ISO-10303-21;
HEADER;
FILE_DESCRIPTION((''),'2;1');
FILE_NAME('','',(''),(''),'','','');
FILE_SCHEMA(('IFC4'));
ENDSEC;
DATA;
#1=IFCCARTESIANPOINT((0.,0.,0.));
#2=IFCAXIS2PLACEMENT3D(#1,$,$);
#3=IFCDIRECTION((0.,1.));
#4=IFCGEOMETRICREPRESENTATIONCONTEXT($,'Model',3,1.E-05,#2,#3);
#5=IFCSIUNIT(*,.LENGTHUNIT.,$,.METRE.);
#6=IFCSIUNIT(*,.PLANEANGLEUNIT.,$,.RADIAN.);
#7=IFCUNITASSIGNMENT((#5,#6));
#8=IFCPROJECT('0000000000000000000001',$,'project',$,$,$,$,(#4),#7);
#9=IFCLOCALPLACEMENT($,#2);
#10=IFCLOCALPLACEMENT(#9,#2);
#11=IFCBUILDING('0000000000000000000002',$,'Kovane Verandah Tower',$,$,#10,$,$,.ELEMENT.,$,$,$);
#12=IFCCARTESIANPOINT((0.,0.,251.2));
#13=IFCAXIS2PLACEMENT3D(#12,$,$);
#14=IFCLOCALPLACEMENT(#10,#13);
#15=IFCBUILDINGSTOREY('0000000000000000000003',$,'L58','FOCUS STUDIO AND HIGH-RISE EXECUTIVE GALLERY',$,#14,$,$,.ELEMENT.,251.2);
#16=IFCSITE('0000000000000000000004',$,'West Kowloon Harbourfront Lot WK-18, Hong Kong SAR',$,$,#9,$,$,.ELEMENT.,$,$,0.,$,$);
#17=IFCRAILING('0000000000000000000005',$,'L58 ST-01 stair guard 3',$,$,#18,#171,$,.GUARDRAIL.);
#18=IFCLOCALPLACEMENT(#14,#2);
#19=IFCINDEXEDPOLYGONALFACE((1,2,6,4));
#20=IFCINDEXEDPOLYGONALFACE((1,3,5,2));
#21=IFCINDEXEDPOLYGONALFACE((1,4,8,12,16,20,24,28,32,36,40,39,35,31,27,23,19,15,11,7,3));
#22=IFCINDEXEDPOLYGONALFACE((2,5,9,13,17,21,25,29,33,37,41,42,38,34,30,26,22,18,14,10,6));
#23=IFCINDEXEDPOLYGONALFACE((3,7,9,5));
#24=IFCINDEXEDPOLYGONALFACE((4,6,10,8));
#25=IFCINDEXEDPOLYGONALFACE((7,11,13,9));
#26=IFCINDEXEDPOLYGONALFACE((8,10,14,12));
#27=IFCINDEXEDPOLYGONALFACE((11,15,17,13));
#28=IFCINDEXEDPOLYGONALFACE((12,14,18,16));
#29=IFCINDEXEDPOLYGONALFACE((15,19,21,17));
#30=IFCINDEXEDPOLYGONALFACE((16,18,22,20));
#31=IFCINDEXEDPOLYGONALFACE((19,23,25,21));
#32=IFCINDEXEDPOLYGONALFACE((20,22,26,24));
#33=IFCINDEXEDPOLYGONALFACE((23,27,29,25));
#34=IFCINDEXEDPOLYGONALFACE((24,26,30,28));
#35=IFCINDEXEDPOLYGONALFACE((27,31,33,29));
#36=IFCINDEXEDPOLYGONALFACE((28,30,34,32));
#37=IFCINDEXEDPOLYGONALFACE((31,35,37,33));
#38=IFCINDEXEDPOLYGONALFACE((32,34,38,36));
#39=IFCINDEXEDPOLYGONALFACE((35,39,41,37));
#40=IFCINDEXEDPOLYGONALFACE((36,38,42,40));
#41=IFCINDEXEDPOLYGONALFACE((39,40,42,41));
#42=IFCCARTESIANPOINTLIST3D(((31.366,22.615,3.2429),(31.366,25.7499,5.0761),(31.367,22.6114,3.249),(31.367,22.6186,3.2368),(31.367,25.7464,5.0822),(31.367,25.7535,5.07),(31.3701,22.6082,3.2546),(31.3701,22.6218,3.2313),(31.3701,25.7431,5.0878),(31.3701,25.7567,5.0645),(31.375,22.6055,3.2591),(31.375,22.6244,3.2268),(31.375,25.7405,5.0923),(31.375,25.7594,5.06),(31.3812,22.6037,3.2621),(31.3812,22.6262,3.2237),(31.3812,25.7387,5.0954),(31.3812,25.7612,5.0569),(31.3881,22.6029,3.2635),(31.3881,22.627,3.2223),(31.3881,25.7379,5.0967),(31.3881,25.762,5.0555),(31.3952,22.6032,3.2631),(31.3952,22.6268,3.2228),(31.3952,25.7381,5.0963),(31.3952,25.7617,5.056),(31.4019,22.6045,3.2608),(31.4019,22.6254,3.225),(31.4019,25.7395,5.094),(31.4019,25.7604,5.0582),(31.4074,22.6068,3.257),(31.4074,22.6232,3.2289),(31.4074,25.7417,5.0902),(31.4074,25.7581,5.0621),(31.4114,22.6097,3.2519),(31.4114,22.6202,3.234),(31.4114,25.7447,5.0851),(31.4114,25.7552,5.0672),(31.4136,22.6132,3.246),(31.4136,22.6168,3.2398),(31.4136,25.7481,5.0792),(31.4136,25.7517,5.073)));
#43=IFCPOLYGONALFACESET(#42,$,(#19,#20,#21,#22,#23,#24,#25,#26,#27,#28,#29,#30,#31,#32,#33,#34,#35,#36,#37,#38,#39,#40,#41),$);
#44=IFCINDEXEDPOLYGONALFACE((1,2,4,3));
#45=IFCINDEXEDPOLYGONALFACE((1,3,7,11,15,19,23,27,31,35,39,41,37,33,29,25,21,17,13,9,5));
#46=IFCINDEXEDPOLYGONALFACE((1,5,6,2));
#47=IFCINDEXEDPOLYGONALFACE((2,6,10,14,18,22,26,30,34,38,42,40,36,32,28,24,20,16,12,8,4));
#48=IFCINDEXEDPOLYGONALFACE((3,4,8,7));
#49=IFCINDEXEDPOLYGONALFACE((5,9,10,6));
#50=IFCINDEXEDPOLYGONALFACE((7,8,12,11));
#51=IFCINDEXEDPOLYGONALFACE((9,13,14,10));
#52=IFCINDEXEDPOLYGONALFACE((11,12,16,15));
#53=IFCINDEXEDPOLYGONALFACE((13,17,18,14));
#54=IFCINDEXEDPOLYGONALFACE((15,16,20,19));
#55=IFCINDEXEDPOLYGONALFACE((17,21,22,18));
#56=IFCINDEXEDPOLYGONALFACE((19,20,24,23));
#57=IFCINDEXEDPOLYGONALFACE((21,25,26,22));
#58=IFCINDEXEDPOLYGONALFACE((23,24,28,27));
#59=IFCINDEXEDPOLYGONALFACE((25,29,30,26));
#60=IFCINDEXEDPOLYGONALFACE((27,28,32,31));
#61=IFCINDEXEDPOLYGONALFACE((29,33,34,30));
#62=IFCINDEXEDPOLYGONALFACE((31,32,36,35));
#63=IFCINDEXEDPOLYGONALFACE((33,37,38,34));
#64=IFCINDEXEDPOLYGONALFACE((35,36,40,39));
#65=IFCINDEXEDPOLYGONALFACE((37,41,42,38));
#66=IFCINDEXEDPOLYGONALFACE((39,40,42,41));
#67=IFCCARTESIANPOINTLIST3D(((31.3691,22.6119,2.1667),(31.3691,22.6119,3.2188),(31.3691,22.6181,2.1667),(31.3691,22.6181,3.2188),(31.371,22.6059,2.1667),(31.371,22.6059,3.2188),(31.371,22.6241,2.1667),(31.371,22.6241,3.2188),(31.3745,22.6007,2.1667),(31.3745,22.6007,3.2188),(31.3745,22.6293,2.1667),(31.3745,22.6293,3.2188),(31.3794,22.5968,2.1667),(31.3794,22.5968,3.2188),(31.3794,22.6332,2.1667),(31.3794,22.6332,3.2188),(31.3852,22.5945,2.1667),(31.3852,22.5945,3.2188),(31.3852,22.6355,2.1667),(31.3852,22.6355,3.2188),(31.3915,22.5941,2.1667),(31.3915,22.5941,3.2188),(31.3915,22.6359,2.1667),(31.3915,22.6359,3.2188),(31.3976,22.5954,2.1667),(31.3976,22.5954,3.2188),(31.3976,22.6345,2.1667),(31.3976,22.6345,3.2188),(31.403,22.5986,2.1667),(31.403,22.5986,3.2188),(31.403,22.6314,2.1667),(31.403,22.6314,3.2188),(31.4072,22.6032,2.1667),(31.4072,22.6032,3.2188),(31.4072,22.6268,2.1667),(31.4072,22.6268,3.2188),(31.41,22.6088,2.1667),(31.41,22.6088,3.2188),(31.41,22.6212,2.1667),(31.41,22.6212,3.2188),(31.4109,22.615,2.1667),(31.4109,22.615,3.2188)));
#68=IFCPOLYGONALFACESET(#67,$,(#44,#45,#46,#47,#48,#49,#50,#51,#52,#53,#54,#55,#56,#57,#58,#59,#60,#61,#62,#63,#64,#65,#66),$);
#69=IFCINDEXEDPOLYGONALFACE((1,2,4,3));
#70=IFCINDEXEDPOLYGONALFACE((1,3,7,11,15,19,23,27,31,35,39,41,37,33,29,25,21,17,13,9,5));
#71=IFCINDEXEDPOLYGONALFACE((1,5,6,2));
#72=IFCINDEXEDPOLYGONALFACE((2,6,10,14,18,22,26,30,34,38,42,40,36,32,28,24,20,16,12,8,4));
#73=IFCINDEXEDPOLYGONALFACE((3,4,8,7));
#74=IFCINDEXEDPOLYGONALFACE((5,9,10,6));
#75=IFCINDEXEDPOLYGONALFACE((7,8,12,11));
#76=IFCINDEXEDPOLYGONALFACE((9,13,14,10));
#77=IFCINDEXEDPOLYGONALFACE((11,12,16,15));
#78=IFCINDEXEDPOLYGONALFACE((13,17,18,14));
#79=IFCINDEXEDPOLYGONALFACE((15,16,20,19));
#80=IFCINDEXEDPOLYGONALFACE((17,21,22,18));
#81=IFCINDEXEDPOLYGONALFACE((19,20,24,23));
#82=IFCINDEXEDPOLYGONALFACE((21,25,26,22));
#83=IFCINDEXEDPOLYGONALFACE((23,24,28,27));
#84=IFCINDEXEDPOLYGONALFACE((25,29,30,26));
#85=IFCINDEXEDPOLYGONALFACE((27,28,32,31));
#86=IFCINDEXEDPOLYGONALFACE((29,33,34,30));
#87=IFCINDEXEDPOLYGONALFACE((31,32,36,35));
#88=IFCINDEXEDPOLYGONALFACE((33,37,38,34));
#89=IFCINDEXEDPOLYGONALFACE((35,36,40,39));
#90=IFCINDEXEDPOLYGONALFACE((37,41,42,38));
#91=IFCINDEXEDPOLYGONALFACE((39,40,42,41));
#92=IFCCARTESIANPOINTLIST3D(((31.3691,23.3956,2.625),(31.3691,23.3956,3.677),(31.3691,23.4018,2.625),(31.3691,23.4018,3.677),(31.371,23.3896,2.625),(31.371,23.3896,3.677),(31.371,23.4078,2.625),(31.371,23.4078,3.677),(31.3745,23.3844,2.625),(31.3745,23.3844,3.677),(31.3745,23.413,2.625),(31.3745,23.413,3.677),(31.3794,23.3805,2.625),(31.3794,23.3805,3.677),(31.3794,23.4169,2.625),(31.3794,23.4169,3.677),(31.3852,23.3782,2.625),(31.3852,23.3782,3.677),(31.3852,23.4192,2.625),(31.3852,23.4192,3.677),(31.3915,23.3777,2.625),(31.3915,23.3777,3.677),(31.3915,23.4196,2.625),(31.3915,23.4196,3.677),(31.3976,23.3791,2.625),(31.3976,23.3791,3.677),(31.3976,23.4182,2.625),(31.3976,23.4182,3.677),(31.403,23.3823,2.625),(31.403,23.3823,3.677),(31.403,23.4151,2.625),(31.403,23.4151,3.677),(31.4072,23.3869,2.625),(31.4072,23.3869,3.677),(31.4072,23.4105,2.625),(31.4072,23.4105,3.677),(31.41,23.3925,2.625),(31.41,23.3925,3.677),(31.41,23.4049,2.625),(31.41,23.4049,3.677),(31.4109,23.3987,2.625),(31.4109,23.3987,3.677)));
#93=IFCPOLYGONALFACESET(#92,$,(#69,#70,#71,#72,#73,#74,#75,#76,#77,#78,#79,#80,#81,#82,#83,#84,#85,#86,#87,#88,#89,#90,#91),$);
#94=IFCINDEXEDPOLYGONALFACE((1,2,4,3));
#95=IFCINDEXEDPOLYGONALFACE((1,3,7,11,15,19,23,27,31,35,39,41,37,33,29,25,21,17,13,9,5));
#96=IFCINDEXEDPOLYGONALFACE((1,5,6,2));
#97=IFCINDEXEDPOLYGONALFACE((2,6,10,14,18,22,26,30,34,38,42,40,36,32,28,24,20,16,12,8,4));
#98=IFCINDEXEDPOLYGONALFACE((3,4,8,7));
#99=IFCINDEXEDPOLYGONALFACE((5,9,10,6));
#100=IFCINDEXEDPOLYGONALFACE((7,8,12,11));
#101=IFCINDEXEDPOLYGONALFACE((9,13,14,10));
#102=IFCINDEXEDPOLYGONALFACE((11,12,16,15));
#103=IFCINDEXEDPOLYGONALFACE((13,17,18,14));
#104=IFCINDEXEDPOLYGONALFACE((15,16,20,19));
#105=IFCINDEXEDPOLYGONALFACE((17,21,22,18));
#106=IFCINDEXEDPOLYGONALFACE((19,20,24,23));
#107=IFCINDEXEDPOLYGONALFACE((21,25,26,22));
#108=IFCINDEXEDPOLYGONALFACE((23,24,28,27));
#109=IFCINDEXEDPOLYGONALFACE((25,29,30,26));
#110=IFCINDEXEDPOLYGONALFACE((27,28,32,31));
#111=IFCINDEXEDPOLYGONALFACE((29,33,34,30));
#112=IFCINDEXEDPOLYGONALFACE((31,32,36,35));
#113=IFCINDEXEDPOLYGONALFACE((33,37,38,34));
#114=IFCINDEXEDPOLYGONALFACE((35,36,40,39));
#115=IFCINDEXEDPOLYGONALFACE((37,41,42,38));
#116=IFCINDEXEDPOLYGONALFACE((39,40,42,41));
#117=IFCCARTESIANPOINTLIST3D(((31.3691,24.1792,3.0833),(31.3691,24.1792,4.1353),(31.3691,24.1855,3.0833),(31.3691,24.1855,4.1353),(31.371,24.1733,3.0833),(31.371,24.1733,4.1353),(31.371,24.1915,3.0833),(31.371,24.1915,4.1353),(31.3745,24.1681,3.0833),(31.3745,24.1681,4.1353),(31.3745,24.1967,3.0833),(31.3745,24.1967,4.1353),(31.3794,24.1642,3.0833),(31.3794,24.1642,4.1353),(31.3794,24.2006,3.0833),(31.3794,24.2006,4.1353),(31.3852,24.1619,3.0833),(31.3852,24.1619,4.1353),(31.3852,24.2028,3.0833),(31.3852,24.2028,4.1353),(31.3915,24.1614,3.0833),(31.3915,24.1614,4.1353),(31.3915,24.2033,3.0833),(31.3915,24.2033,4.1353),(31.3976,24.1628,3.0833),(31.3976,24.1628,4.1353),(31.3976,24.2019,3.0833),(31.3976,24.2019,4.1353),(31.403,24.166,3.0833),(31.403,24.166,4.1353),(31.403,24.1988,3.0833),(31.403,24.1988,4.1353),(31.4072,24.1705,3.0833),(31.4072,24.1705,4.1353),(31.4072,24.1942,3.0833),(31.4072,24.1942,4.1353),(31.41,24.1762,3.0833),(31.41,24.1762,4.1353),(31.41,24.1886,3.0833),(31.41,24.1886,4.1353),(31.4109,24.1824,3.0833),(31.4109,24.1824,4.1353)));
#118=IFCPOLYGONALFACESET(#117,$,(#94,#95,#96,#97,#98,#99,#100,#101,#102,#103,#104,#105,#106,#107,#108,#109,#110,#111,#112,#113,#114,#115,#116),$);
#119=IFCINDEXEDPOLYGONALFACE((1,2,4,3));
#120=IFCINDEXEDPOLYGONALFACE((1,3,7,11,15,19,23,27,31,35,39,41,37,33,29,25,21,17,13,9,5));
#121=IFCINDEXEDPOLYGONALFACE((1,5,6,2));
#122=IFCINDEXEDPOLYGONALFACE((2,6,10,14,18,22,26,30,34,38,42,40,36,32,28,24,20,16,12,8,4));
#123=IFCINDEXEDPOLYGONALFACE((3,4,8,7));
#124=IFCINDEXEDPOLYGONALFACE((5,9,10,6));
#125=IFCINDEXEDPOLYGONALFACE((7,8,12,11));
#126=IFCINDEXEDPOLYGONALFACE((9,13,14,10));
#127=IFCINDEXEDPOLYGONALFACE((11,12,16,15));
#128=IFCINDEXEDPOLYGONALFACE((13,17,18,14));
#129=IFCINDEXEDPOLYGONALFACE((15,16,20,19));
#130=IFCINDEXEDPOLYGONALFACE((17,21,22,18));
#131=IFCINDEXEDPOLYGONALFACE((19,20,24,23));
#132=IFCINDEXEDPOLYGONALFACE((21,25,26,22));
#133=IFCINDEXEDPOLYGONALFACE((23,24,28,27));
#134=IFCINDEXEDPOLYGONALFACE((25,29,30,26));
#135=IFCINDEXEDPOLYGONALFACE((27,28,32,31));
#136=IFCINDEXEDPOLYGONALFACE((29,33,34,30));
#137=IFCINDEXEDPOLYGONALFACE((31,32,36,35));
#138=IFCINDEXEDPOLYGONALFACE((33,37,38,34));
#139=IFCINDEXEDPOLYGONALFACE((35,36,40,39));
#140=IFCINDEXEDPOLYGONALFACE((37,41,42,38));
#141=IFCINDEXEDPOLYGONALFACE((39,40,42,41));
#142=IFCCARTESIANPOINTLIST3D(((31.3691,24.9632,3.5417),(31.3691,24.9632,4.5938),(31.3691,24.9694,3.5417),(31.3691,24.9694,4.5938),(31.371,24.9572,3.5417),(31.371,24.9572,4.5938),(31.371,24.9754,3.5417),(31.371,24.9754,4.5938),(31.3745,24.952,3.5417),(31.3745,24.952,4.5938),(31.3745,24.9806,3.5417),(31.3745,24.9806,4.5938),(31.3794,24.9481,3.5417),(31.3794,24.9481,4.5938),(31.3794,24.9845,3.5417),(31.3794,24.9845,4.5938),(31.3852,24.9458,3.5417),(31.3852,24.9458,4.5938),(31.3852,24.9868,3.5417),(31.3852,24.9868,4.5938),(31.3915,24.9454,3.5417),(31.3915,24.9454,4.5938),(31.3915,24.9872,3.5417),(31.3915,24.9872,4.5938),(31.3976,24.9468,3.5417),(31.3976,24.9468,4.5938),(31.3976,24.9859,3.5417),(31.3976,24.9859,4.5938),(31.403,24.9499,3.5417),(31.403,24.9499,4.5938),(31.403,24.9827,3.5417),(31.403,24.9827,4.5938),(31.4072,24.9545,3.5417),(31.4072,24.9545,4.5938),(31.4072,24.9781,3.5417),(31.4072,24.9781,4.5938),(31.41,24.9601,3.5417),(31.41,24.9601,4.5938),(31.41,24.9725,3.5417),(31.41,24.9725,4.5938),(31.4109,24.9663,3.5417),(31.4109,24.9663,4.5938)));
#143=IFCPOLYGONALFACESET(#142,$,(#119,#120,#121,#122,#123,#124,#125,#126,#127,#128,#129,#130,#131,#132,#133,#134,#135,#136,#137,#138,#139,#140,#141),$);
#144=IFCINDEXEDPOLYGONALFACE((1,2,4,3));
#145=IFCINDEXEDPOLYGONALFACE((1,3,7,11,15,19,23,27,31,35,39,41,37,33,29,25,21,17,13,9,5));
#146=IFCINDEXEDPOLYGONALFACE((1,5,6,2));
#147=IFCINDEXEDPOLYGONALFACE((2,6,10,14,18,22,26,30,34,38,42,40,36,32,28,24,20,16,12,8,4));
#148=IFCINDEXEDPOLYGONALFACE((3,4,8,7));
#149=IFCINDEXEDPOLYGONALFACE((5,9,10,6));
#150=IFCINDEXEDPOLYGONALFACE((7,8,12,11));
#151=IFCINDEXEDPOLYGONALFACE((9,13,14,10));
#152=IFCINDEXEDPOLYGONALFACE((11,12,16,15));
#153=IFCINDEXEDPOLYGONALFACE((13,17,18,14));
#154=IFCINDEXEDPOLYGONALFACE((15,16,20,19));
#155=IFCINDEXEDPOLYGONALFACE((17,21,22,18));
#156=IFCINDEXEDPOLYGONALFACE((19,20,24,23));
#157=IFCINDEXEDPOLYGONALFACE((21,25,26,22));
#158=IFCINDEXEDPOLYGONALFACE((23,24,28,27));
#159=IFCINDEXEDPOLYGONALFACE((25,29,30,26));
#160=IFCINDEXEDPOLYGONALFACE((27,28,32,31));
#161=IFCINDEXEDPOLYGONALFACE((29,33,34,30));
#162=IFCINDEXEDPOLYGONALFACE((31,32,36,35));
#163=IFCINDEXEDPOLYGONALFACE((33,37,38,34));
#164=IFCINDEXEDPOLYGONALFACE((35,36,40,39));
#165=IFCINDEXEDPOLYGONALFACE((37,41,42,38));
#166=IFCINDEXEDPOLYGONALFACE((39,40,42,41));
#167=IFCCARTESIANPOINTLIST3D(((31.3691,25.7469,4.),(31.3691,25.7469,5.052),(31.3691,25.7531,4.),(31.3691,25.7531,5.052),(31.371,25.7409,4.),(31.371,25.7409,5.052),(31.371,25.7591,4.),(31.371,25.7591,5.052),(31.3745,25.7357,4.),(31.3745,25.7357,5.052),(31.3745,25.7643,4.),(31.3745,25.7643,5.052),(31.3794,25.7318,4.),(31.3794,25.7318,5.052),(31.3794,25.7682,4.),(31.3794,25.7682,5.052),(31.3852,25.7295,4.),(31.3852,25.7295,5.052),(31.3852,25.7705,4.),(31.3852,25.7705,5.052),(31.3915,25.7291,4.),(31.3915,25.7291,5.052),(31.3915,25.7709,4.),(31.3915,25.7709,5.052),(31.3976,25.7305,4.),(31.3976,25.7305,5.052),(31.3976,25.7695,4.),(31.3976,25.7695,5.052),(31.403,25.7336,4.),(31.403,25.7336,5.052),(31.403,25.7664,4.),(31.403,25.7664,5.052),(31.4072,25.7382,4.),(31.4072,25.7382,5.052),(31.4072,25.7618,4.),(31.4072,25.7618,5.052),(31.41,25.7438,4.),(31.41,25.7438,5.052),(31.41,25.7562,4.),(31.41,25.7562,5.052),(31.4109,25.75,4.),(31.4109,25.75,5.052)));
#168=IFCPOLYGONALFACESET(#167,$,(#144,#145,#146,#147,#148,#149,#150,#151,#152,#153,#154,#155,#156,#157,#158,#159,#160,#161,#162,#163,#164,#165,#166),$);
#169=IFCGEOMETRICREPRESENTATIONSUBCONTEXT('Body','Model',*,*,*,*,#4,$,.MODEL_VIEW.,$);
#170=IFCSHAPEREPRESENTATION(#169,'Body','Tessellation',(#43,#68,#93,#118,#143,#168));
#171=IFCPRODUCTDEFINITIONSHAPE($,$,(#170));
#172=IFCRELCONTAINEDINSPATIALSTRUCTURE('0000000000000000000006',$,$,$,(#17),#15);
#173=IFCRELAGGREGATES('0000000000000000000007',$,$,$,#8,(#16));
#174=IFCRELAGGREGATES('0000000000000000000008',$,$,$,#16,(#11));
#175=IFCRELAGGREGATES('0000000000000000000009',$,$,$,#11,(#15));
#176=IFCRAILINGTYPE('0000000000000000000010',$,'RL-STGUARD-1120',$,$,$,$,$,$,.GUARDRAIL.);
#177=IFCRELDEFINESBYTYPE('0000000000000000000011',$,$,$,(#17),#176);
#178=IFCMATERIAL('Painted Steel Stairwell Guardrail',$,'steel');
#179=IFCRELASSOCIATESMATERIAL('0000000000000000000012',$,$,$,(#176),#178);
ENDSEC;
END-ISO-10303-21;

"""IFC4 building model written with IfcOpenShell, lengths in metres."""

from ifc_helpers import new_model, si_unit, direction, frame, origin, origin_2d, place, context, subcontext, project, spatial, circle, extrude, material, type_object, element, save


model = new_model("IFC4")

# Units and contexts
model_context = context("Model", 3, precision=1e-05, world=origin(), true_north=direction((0.0, 1.0)))
body_context = subcontext(model_context, "Body", "Model", "MODEL_VIEW")
ifc_project = project(units=[si_unit("LENGTHUNIT", "METRE"), si_unit("PLANEANGLEUNIT", "RADIAN")], contexts=[model_context])

# Site, building, storey
site_placement = place(None, origin())
site = spatial("IfcSite", under=ifc_project, at=site_placement, Name="West Kowloon Harbourfront Lot WK-18, Hong Kong SAR", CompositionType="ELEMENT", RefElevation=0.0)
building_placement = place(site_placement, origin())
building = spatial("IfcBuilding", under=site, at=building_placement, Name="Kovane Verandah Tower", CompositionType="ELEMENT")
storey_placement = place(building_placement, frame((0.0, 0.0, 251.2)))
storey = spatial("IfcBuildingStorey", under=building, at=storey_placement, Name="L58", Description="FOCUS STUDIO AND HIGH-RISE EXECUTIVE GALLERY", CompositionType="ELEMENT", Elevation=251.2)

# Railing
ifc_material_1 = material(Name="Painted Steel Stairwell Guardrail", Category="steel")
railing_type_1 = type_object("IfcRailingType", Name="RL-STGUARD-1120", PredefinedType="GUARDRAIL", material=ifc_material_1)
railing_1_placement = place(storey_placement, frame((31.3899, 22.615, 2.1667)))
element("IfcRailing", 1, at=railing_1_placement, inside=storey, type_object=railing_type_1, Name="L58 ST-01 stair guard 3", PredefinedType="GUARDRAIL", context=body_context, shape_type="SweptSolid", body=[
    extrude(circle(Radius=0.0239, at=origin_2d()), frame((0.0, 0.0, 1.0762), z_axis=(0.0, 0.86324, 0.504794), x_axis=(-1.0, 0.0, 0.0)), (0.0, 0.0, 1.0), 3.6316),
    extrude(circle(Radius=0.021, at=origin_2d()), origin(), (0.0, 0.0, 1.0), 1.052),
    extrude(circle(Radius=0.021, at=origin_2d()), frame((0.0, 0.7837, 0.4583)), (0.0, 0.0, 1.0), 1.052),
    extrude(circle(Radius=0.021, at=origin_2d()), frame((0.0, 1.5674, 0.9165)), (0.0, 0.0, 1.0), 1.052),
    extrude(circle(Radius=0.021, at=origin_2d()), frame((0.0, 2.3513, 1.375)), (0.0, 0.0, 1.0), 1.052),
    extrude(circle(Radius=0.021, at=origin_2d()), frame((0.0, 3.135, 1.8333)), (0.0, 0.0, 1.0), 1.052),
])

save(model, "model.ifc")
